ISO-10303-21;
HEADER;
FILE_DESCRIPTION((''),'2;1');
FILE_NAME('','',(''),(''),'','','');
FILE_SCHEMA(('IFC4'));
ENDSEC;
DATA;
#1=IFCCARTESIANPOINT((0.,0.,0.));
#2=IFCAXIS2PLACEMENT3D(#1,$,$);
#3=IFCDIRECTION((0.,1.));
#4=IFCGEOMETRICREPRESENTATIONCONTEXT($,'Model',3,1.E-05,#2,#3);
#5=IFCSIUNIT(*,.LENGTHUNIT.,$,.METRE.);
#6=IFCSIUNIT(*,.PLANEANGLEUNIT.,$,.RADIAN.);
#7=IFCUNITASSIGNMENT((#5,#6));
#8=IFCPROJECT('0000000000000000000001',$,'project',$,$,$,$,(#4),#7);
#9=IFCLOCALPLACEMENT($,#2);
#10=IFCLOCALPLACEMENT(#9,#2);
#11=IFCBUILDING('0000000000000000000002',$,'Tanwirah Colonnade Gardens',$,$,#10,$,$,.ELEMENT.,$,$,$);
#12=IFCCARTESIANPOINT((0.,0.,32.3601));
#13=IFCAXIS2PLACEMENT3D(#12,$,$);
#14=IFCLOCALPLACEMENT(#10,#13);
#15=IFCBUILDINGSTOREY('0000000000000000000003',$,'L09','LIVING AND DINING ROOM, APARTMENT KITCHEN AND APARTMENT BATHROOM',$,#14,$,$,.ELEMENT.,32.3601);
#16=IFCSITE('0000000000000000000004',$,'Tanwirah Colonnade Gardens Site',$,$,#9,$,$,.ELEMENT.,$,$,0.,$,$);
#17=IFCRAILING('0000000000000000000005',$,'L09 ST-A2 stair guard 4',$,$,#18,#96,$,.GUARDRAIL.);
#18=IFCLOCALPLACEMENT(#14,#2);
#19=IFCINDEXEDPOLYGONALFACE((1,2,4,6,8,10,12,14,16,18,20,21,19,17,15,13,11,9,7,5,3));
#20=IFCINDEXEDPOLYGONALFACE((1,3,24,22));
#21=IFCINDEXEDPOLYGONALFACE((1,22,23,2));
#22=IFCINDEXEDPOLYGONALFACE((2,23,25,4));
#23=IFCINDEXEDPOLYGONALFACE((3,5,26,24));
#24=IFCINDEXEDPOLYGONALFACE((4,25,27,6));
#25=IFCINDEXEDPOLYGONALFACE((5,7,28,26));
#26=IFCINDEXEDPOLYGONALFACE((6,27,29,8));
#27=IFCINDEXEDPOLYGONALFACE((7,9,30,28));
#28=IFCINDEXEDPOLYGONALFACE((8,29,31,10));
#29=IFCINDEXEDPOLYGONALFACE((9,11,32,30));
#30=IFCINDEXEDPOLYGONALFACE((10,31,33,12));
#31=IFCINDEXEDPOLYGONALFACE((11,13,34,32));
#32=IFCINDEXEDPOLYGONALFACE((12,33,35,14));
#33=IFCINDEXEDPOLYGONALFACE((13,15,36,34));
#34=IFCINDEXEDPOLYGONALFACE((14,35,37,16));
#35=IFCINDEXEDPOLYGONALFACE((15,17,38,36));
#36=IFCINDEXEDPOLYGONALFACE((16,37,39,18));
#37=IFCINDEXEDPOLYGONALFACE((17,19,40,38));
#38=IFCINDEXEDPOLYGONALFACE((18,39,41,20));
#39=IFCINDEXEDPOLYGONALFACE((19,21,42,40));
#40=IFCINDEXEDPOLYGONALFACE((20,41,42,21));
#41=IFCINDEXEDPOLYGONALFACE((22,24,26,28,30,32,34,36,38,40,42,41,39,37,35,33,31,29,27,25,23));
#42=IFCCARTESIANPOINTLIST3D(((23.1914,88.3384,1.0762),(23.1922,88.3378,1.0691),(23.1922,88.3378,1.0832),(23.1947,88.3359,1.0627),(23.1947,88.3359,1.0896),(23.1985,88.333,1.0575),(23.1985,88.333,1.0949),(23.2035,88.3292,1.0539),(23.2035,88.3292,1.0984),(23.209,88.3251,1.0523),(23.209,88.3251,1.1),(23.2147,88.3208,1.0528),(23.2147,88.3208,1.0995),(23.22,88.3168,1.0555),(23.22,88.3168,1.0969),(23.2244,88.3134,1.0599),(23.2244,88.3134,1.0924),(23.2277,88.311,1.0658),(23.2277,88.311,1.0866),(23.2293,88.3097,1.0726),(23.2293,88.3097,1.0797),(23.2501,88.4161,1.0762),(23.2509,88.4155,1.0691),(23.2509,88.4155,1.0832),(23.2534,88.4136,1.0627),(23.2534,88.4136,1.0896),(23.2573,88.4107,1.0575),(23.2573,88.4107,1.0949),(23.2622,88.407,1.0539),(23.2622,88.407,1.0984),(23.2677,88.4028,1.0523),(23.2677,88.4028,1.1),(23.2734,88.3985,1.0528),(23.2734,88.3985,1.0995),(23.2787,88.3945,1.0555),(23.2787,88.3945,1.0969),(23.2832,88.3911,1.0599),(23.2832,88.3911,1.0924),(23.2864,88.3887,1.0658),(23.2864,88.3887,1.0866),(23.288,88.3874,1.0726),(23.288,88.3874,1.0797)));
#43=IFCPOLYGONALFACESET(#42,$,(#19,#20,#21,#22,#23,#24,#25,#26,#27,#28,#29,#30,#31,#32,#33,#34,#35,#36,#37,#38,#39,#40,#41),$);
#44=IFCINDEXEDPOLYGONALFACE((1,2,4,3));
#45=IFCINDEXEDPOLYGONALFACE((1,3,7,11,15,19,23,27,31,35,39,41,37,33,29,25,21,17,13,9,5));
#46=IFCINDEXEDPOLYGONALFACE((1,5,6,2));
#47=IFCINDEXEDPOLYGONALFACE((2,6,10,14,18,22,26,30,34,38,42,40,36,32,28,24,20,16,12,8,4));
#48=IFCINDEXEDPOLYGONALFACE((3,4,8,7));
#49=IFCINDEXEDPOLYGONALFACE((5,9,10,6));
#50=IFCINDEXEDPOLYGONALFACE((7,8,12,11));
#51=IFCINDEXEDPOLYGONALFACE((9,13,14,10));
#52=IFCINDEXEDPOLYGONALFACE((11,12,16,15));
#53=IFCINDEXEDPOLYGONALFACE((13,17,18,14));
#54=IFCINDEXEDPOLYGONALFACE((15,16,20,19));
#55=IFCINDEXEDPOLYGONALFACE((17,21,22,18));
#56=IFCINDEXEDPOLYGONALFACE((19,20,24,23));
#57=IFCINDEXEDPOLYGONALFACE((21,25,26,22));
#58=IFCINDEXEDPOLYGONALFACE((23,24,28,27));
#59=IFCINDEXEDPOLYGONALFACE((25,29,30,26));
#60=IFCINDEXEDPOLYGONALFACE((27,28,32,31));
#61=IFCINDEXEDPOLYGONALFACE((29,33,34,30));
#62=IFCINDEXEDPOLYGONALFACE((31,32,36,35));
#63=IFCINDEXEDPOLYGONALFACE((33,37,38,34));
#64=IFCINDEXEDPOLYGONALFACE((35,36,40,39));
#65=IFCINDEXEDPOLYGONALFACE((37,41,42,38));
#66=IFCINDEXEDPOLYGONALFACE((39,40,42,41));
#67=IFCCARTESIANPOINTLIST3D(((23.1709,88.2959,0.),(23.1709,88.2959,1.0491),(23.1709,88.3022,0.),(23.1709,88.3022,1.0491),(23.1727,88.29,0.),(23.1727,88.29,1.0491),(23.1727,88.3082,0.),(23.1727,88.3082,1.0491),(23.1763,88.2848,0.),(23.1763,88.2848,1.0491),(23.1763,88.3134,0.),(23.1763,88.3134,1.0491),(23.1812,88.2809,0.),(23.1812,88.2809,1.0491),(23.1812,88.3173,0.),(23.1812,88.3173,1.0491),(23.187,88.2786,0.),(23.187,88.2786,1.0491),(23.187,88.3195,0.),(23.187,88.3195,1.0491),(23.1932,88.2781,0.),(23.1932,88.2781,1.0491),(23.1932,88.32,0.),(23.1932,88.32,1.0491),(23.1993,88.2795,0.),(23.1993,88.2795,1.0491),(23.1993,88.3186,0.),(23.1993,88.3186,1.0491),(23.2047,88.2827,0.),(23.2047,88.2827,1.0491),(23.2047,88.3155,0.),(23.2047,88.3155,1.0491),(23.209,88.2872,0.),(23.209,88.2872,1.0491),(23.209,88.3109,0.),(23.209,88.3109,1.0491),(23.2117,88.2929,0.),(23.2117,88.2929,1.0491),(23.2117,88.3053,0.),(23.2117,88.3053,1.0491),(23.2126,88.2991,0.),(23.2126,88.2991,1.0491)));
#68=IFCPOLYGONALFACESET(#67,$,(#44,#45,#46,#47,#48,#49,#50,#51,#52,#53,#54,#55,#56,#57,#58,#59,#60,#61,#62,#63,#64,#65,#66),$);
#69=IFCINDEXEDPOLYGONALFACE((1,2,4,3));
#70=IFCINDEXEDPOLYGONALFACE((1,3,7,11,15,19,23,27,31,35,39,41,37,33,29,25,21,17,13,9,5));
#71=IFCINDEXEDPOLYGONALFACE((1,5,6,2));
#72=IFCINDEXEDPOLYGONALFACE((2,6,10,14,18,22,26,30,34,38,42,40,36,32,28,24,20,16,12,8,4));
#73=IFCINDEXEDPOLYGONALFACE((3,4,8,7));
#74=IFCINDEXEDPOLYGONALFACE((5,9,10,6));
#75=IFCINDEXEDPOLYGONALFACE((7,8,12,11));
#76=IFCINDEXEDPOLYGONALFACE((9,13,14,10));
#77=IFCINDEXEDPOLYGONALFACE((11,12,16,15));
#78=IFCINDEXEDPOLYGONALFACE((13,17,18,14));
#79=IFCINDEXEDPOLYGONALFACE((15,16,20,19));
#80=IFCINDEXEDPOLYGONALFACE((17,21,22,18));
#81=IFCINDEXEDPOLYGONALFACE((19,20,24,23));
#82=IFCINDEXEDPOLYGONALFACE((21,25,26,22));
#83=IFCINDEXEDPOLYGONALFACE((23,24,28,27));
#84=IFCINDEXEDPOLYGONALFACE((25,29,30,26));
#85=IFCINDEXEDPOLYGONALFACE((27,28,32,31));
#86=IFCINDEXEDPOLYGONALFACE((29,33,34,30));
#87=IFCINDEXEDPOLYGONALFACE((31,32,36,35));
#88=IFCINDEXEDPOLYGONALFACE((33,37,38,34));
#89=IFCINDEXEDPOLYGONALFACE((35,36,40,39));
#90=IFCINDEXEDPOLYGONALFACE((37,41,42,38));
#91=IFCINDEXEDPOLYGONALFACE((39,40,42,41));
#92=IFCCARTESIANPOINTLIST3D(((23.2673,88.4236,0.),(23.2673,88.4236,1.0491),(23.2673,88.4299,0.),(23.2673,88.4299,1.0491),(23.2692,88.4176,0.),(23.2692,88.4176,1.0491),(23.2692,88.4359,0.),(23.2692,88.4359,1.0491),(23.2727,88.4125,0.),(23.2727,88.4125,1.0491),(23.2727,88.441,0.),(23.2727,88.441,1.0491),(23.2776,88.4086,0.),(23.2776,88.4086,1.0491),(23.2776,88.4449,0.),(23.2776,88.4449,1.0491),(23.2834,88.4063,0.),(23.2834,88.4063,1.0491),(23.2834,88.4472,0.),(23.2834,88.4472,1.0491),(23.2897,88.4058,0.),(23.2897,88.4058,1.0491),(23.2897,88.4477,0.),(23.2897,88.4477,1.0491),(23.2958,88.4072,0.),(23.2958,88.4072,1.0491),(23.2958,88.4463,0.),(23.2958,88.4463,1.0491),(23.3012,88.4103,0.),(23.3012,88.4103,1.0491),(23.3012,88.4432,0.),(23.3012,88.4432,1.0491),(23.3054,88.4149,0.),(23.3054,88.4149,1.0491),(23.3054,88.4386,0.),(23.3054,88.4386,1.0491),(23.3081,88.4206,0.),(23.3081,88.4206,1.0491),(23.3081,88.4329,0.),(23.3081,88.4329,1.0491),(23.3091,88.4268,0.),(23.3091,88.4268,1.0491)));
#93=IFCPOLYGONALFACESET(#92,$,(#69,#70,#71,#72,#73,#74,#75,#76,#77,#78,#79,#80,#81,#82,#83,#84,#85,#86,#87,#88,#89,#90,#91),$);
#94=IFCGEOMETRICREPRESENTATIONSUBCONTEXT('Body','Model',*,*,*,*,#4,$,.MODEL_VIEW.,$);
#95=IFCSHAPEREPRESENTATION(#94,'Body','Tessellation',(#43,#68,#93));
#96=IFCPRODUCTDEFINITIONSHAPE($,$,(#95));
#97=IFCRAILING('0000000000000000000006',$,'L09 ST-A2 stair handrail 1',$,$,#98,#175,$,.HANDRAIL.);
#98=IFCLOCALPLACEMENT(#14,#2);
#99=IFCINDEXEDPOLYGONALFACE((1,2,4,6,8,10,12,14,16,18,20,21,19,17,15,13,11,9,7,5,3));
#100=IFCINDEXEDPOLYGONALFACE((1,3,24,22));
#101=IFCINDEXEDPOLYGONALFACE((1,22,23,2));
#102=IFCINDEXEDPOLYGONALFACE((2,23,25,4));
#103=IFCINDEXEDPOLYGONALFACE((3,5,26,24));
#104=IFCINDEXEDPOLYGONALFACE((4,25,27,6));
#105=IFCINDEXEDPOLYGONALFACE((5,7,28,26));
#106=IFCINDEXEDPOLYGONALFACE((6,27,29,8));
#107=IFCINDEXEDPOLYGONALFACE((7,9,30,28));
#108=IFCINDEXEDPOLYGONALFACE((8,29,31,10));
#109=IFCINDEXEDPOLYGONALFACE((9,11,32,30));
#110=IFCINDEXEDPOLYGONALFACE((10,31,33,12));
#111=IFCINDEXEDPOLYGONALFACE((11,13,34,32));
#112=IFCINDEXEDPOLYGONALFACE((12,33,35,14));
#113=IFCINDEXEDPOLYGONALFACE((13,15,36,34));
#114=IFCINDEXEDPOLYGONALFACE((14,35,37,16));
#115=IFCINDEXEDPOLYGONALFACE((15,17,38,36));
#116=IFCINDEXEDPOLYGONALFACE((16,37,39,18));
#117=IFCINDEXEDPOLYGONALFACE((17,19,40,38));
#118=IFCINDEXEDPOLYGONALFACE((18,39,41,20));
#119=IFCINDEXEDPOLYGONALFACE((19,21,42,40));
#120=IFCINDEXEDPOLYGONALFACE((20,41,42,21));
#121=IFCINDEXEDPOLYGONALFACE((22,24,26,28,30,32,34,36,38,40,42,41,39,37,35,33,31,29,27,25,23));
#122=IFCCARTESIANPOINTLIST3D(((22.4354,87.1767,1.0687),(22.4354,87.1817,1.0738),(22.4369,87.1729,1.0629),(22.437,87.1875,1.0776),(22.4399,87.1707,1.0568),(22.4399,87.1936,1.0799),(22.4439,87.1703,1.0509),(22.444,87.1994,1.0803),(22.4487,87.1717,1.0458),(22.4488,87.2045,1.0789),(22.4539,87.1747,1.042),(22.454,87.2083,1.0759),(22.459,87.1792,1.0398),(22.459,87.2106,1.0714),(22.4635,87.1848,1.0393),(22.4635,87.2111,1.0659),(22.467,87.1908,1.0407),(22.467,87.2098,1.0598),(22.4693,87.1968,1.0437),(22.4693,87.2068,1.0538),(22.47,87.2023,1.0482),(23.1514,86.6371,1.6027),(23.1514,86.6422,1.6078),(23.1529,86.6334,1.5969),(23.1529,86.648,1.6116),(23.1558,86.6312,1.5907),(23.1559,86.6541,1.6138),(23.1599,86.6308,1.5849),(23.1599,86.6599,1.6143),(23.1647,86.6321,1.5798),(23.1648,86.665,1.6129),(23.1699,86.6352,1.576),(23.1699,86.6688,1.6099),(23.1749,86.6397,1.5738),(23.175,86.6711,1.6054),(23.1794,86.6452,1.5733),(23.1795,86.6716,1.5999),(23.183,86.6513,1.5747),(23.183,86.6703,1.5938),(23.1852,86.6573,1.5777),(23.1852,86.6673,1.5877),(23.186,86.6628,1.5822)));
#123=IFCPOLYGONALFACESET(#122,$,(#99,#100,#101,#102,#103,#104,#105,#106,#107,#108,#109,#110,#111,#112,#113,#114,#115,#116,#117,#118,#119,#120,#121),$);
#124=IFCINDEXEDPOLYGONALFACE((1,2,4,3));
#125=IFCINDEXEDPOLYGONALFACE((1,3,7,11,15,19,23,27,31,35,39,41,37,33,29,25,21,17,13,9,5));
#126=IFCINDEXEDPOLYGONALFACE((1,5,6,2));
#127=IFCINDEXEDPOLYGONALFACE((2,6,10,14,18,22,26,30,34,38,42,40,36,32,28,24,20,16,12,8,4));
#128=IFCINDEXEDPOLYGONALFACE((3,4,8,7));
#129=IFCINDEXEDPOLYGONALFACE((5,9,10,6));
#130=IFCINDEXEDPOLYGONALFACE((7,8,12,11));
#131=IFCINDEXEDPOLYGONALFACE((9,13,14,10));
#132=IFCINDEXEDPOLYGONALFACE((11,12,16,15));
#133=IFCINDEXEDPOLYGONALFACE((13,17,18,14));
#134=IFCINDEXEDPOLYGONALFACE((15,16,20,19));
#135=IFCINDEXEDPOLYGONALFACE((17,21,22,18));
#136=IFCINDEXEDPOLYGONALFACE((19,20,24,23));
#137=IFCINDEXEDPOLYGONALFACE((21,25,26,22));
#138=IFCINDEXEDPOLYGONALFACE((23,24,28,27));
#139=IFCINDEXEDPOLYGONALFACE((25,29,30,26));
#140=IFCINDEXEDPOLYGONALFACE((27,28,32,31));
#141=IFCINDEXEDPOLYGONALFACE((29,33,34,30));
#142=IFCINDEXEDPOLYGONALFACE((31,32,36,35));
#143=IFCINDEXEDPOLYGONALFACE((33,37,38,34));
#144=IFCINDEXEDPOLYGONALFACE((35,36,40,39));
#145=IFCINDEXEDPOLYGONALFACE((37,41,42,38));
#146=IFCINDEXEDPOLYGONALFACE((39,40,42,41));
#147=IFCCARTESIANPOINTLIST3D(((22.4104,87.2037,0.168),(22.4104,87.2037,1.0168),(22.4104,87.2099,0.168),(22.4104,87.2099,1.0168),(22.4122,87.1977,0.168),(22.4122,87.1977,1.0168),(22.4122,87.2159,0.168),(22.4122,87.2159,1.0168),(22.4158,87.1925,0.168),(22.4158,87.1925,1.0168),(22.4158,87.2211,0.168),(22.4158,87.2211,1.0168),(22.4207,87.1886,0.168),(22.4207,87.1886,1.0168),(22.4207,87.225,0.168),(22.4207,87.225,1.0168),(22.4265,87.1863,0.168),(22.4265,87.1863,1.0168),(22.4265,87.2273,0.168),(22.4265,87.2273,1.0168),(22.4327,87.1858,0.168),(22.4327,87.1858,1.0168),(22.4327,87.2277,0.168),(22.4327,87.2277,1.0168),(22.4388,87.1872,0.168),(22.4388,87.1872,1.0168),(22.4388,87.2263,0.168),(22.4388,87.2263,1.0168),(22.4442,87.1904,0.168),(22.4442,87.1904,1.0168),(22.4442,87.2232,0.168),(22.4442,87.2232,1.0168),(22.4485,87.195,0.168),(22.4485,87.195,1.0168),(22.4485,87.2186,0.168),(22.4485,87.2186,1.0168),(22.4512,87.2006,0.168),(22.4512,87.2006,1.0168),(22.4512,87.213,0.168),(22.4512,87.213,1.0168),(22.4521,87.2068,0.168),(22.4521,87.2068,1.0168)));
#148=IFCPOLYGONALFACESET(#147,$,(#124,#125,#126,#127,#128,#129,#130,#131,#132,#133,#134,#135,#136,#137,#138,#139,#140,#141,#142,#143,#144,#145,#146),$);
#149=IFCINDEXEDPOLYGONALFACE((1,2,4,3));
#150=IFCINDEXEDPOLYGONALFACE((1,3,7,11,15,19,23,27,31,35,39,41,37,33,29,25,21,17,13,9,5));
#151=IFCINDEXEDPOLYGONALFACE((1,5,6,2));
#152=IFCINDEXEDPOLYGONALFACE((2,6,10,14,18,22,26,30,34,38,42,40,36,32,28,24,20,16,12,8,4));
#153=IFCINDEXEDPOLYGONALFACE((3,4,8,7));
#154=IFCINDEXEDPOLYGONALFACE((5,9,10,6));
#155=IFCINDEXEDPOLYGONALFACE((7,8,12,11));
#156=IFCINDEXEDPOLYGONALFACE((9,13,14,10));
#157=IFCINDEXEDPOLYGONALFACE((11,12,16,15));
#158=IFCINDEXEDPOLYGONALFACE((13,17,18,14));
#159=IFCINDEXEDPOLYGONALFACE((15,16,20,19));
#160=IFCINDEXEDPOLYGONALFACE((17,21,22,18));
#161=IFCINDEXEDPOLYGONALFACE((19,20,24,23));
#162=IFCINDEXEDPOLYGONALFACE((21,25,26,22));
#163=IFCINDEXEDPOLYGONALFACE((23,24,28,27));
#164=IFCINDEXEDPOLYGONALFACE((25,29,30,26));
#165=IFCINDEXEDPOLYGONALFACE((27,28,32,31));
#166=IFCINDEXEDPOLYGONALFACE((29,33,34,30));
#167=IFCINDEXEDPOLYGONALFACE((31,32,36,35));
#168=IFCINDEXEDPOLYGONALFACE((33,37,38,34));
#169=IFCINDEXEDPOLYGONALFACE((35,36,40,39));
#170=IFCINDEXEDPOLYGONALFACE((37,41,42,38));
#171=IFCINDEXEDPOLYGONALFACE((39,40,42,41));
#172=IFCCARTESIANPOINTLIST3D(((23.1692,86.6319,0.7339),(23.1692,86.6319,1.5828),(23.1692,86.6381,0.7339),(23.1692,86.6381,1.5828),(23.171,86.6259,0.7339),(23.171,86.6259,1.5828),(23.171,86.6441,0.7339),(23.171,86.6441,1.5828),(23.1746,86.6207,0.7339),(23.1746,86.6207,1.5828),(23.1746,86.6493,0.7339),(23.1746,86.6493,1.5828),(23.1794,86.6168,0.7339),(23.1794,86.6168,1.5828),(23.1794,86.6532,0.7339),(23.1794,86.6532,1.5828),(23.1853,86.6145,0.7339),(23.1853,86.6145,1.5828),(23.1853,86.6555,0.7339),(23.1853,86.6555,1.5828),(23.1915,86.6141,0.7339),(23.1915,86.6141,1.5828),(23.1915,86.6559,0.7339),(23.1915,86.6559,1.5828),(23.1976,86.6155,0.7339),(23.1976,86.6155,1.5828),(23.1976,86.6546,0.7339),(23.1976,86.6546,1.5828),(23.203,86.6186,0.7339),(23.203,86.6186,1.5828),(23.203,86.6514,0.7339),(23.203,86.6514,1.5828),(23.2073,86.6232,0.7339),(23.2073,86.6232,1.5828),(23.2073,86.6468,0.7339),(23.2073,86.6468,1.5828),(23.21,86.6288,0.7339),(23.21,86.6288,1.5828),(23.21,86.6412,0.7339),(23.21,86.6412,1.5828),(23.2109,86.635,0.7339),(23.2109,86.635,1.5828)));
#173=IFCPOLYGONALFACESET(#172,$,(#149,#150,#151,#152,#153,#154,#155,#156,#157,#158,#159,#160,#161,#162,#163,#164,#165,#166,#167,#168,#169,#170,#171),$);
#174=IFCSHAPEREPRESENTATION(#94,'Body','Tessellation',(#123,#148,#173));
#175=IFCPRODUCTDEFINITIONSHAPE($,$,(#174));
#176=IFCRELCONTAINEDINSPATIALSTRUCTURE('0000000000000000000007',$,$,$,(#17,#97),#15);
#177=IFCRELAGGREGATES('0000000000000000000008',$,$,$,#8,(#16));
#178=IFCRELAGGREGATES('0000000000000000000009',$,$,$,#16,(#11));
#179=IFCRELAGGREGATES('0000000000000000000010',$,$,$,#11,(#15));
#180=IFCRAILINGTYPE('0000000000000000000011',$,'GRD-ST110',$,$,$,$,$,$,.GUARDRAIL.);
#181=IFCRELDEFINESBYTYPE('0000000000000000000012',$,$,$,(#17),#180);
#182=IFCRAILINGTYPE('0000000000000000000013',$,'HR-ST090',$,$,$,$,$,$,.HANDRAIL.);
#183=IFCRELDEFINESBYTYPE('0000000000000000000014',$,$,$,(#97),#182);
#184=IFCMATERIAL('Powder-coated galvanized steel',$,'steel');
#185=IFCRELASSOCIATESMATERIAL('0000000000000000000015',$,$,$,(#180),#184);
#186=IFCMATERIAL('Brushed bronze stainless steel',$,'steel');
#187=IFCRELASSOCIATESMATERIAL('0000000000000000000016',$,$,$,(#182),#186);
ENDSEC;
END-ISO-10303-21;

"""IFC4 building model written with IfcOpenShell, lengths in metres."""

from ifc_helpers import new_model, si_unit, direction, frame, origin, origin_2d, place, context, subcontext, project, spatial, circle, extrude, material, type_object, element, save


model = new_model("IFC4")

# Units and contexts
model_context = context("Model", 3, precision=1e-05, world=origin(), true_north=direction((0.0, 1.0)))
body_context = subcontext(model_context, "Body", "Model", "MODEL_VIEW")
ifc_project = project(units=[si_unit("LENGTHUNIT", "METRE"), si_unit("PLANEANGLEUNIT", "RADIAN")], contexts=[model_context])

# Site, building, storey
site_placement = place(None, origin())
site = spatial("IfcSite", under=ifc_project, at=site_placement, Name="Tanwirah Colonnade Gardens Site", CompositionType="ELEMENT", RefElevation=0.0)
building_placement = place(site_placement, origin())
building = spatial("IfcBuilding", under=site, at=building_placement, Name="Tanwirah Colonnade Gardens", CompositionType="ELEMENT")
storey_placement = place(building_placement, frame((0.0, 0.0, 32.3601)))
storey = spatial("IfcBuildingStorey", under=building, at=storey_placement, Name="L09", Description="LIVING AND DINING ROOM, APARTMENT KITCHEN AND APARTMENT BATHROOM", CompositionType="ELEMENT", Elevation=32.3601)

# Railings
ifc_material_1 = material(Name="Powder-coated galvanized steel", Category="steel")
railing_type_1 = type_object("IfcRailingType", Name="GRD-ST110", PredefinedType="GUARDRAIL", material=ifc_material_1)
railing_1_placement = place(storey_placement, frame((23.1917, 88.2991, 0.0)))
element("IfcRailing", 1, at=railing_1_placement, inside=storey, type_object=railing_type_1, Name="L09 ST-A2 stair guard 4", PredefinedType="GUARDRAIL", context=body_context, shape_type="SweptSolid", body=[
    extrude(circle(Radius=0.0239, at=origin_2d()), frame((0.0188, 0.0249, 1.0762), z_axis=(0.602682, 0.797981, 0.0), x_axis=(-0.797981, 0.602682, 0.0)), (0.0, 0.0, 1.0), 0.0974),
    extrude(circle(Radius=0.021, at=origin_2d()), origin(), (0.0, 0.0, 1.0), 1.0491),
    extrude(circle(Radius=0.021, at=origin_2d()), frame((0.0964, 0.1277, 0.0)), (0.0, 0.0, 1.0), 1.0491),
])
ifc_material_2 = material(Name="Brushed bronze stainless steel", Category="steel")
railing_type_2 = type_object("IfcRailingType", Name="HR-ST090", PredefinedType="HANDRAIL", material=ifc_material_2)
for number, where, name in (
    (2, (22.4312, 87.2068, 0.168), "L09 ST-A2 stair handrail 1"),
):
    element("IfcRailing", number, at=place(storey_placement, frame(where)), inside=storey, type_object=railing_type_2, Name=name, PredefinedType="HANDRAIL", context=body_context, shape_type="SweptSolid", body=[
        extrude(circle(Radius=0.0239, at=origin_2d()), frame((0.0215, -0.0161, 0.8918), z_axis=(0.686145, -0.517037, 0.511739), x_axis=(0.601807, 0.798641, 0.0)), (0.0, 0.0, 1.0), 1.0435),
        extrude(circle(Radius=0.021, at=origin_2d()), origin(), (0.0, 0.0, 1.0), 0.8489),
        extrude(circle(Radius=0.021, at=origin_2d()), frame((0.7588, -0.5718, 0.5659)), (0.0, 0.0, 1.0), 0.8489),
    ])

save(model, "model.ifc")
